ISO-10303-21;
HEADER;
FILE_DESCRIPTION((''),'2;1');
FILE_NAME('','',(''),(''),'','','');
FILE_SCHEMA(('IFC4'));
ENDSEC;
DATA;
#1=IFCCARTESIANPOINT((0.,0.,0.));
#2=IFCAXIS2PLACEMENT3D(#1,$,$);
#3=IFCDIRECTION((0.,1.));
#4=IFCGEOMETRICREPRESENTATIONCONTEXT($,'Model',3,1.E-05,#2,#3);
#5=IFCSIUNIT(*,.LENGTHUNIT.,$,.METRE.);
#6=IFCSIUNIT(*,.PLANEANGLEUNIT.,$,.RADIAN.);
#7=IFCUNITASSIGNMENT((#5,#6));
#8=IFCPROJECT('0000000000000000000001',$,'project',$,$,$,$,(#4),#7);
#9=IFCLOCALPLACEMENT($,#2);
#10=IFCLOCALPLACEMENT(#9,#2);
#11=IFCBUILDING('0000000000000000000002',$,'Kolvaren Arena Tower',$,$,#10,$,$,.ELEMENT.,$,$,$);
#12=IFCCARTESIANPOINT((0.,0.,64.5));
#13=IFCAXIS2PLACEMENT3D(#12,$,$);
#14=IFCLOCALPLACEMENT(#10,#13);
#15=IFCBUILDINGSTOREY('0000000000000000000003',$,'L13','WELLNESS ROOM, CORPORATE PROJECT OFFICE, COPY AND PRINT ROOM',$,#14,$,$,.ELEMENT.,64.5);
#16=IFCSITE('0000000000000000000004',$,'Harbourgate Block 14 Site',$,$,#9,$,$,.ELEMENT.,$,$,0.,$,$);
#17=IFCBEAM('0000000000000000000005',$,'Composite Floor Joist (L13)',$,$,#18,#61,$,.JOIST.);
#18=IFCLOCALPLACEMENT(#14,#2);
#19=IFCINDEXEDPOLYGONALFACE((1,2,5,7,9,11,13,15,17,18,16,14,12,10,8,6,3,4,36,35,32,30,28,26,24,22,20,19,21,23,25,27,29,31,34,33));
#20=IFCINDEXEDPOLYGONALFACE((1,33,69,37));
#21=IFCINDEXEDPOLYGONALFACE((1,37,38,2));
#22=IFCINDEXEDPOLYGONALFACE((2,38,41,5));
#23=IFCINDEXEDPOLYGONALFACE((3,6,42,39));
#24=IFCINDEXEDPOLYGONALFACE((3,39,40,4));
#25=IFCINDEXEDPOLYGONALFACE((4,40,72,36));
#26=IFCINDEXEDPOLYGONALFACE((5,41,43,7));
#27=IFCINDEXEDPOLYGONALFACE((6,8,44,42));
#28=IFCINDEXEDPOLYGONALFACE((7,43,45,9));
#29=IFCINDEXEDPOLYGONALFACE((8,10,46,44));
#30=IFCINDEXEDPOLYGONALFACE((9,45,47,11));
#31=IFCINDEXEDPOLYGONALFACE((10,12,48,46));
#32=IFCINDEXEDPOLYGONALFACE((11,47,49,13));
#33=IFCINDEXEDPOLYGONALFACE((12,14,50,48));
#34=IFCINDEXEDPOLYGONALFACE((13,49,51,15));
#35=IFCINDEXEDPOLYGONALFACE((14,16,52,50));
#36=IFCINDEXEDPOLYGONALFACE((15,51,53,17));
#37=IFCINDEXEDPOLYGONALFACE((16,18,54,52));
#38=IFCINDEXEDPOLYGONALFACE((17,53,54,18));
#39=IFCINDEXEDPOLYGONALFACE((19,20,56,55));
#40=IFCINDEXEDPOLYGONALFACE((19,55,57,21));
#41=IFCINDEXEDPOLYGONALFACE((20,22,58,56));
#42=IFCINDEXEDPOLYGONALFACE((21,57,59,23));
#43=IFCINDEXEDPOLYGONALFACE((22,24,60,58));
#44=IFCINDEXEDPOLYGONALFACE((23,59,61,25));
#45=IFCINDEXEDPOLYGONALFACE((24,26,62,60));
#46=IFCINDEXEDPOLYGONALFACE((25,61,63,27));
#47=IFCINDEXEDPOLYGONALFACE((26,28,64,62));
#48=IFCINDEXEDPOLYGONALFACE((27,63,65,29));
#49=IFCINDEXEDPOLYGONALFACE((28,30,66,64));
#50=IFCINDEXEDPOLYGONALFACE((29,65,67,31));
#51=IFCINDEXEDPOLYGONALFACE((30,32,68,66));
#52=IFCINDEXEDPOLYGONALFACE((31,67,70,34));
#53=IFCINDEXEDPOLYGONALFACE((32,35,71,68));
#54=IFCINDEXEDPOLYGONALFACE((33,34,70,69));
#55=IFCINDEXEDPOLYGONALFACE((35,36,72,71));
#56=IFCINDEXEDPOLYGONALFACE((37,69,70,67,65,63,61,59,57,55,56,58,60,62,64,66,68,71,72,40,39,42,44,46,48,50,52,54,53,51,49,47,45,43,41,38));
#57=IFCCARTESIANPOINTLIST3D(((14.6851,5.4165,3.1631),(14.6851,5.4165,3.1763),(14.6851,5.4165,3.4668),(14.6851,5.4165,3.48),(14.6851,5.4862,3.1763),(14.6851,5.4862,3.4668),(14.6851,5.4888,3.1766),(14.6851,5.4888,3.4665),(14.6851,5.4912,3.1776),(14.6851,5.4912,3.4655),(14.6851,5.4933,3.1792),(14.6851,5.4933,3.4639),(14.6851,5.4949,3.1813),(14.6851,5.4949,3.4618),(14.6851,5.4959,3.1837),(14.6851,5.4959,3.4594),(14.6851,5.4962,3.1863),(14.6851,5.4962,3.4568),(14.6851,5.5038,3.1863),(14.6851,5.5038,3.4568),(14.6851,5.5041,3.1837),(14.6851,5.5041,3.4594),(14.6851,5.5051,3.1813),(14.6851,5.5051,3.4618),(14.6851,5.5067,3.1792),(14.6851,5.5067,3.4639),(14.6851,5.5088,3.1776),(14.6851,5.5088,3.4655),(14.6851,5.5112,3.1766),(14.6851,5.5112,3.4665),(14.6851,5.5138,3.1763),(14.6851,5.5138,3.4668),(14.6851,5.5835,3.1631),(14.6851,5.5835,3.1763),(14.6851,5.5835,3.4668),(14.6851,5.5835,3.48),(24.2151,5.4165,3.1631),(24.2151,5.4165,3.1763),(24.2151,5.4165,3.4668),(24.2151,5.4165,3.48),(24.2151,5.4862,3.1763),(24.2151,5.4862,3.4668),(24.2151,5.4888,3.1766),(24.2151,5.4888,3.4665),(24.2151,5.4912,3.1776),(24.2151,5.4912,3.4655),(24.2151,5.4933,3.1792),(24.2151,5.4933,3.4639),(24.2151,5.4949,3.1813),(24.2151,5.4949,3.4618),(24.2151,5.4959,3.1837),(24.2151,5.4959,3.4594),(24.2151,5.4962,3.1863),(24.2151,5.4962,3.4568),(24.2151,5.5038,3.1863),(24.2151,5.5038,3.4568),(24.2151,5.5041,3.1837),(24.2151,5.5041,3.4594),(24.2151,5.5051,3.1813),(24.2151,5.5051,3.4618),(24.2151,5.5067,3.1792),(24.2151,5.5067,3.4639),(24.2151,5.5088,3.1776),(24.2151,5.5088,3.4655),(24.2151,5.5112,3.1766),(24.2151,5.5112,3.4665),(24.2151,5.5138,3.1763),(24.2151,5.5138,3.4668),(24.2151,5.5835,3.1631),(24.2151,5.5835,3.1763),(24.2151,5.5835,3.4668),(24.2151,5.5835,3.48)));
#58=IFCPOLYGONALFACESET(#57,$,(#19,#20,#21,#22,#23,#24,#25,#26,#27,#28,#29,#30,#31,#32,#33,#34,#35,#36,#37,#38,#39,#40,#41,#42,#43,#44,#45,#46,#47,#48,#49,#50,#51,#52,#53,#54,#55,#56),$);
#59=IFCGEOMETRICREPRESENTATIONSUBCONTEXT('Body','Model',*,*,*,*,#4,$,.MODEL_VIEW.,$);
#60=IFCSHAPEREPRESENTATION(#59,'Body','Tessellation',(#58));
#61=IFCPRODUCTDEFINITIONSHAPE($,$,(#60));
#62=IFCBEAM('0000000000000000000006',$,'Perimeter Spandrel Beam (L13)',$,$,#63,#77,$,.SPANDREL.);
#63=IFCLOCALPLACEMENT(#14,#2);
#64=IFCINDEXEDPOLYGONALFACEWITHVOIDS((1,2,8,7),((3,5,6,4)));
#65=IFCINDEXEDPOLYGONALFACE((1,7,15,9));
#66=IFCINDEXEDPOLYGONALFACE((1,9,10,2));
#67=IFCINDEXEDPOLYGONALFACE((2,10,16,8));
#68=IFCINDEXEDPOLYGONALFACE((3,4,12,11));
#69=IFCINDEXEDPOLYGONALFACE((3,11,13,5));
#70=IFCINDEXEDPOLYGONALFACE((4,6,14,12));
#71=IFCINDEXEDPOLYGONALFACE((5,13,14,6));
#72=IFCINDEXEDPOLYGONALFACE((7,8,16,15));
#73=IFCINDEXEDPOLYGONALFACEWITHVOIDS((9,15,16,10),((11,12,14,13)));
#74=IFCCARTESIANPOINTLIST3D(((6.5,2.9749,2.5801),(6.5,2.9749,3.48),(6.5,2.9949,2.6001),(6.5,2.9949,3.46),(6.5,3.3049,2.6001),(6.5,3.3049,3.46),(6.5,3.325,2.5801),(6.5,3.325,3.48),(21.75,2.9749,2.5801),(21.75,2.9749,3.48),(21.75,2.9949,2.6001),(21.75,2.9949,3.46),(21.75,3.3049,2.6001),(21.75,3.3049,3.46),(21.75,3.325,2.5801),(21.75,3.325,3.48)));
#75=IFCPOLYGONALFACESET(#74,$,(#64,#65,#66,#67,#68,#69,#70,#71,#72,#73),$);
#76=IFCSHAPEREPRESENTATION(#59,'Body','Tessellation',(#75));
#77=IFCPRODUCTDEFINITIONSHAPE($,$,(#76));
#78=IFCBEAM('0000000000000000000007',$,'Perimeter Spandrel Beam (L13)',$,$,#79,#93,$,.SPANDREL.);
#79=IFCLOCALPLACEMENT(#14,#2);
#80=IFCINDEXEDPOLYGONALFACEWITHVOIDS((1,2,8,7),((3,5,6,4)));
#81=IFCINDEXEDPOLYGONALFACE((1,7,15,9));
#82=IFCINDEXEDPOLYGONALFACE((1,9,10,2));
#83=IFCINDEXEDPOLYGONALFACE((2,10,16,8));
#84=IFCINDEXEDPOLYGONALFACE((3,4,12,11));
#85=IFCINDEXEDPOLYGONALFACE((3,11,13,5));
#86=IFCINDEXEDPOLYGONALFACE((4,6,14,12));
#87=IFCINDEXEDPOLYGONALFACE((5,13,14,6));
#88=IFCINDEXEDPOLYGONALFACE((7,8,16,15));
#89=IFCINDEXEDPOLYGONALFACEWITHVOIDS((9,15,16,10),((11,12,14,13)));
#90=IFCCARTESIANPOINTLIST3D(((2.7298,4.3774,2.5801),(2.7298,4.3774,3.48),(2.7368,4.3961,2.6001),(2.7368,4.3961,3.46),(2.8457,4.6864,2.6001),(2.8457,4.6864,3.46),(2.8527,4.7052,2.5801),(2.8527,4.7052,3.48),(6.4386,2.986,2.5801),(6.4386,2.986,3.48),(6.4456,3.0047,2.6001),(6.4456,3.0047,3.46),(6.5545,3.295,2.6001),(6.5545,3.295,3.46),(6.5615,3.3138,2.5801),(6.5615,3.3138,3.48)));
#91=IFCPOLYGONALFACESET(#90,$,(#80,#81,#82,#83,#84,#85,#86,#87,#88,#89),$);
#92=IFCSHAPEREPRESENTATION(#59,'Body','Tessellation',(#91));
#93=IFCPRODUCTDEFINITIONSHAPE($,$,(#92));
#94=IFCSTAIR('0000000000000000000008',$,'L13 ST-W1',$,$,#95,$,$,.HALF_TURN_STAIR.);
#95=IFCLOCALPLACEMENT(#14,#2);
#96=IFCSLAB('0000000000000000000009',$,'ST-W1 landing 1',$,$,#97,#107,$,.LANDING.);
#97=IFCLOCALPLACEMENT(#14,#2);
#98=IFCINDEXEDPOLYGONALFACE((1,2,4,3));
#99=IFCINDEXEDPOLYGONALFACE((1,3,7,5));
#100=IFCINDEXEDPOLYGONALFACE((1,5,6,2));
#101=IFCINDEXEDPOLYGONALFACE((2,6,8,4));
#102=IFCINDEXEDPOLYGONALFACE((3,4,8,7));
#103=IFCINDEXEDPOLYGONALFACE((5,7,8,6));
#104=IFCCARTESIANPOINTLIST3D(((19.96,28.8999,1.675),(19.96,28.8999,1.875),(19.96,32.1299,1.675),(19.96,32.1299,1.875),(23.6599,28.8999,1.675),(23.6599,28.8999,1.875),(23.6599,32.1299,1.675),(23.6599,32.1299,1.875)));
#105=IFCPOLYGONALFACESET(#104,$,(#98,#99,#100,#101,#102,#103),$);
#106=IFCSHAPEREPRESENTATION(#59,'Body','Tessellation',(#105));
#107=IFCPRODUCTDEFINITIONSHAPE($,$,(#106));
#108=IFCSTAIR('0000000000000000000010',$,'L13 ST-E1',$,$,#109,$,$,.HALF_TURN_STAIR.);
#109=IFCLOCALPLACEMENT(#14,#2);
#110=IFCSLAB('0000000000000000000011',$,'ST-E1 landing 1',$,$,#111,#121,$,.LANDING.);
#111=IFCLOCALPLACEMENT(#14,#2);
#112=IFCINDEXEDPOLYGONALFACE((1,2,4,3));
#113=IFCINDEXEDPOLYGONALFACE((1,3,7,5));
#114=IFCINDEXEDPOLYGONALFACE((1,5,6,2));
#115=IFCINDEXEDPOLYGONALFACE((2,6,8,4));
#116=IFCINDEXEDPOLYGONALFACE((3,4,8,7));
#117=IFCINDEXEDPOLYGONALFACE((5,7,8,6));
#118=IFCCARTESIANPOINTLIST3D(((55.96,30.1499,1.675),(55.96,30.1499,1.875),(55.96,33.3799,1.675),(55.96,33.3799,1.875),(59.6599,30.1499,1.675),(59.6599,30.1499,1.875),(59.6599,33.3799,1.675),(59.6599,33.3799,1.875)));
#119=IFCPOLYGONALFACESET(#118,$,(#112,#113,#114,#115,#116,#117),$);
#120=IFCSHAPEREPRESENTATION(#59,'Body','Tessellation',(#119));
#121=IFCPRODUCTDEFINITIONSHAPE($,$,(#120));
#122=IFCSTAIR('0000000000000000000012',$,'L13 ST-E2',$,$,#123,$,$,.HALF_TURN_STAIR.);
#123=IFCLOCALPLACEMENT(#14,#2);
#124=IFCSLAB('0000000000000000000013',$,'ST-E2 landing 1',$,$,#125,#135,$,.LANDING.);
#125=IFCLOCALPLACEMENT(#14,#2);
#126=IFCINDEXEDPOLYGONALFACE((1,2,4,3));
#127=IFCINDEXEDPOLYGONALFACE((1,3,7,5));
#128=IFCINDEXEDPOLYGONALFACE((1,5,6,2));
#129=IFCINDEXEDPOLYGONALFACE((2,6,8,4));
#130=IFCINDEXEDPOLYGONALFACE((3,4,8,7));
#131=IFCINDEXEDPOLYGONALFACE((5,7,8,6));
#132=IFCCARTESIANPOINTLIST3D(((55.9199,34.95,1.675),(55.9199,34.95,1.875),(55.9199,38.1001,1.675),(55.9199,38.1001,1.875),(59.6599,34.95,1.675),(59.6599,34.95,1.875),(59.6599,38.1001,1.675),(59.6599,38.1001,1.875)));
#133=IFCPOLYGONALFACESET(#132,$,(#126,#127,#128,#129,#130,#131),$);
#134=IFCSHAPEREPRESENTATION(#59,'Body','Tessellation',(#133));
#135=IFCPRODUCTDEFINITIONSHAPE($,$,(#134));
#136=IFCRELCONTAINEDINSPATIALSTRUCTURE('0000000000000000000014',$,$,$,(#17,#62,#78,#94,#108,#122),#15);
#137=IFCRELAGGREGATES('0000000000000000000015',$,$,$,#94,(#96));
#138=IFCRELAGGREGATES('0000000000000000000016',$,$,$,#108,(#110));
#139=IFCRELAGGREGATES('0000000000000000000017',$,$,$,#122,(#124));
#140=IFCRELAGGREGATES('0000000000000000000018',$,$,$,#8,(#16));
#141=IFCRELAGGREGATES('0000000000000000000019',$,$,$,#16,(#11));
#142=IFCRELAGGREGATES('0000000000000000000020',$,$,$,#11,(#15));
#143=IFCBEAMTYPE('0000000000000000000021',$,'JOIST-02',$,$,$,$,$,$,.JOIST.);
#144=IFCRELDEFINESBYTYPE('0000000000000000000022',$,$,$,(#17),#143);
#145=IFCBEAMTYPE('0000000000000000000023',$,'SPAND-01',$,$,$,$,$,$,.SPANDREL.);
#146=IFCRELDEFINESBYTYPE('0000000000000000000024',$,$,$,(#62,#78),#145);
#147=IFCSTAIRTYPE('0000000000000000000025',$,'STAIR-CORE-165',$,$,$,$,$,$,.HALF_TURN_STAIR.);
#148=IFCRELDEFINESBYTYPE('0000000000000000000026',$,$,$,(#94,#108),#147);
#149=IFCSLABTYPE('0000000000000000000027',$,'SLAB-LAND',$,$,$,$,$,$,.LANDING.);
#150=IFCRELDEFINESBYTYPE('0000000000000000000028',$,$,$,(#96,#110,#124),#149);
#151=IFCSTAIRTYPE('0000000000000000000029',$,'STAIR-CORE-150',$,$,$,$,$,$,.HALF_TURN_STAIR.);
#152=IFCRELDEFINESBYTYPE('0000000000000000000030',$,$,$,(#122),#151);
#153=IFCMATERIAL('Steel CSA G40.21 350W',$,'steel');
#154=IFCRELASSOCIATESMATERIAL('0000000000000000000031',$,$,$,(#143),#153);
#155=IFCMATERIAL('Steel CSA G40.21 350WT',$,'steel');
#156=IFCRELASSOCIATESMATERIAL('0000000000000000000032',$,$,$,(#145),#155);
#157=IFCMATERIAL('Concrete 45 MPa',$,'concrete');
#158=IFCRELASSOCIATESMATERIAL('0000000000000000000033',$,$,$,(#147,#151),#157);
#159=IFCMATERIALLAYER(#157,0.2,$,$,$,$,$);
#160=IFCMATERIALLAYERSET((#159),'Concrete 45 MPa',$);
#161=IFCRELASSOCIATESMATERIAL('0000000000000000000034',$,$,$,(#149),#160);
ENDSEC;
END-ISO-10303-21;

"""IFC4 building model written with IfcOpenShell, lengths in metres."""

from ifc_helpers import new_model, si_unit, direction, frame, origin, origin_2d, place, context, subcontext, project, spatial, polyline, hollow_rectangle, i_section, outline, extrude, material, layer, layer_set, material_profile, profile_set, type_object, element, aggregate, save


model = new_model("IFC4")

# Units and contexts
model_context = context("Model", 3, precision=1e-05, world=origin(), true_north=direction((0.0, 1.0)))
body_context = subcontext(model_context, "Body", "Model", "MODEL_VIEW")
ifc_project = project(units=[si_unit("LENGTHUNIT", "METRE"), si_unit("PLANEANGLEUNIT", "RADIAN")], contexts=[model_context])

# Site, building, storey
site_placement = place(None, origin())
site = spatial("IfcSite", under=ifc_project, at=site_placement, Name="Harbourgate Block 14 Site", CompositionType="ELEMENT", RefElevation=0.0)
building_placement = place(site_placement, origin())
building = spatial("IfcBuilding", under=site, at=building_placement, Name="Kolvaren Arena Tower", CompositionType="ELEMENT")
storey_placement = place(building_placement, frame((0.0, 0.0, 64.5)))
storey = spatial("IfcBuildingStorey", under=building, at=storey_placement, Name="L13", Description="WELLNESS ROOM, CORPORATE PROJECT OFFICE, COPY AND PRINT ROOM", CompositionType="ELEMENT", Elevation=64.5)

# Beams
ifc_material_1 = material(Name="Steel CSA G40.21 350W", Category="steel")
ifc_material_profile_1 = material_profile(ifc_material_1, i_section(OverallWidth=0.167, OverallDepth=0.3169, WebThickness=0.0076, FlangeThickness=0.0132, FilletRadius=0.01, at=origin_2d()), Name="W310x52")
ifc_profile_set_1 = profile_set([ifc_material_profile_1], Name="Steel CSA G40.21 350W")
beam_type_1 = type_object("IfcBeamType", Name="JOIST-02", PredefinedType="JOIST", material=ifc_profile_set_1)
beam_1_placement = place(storey_placement, frame((14.6851, 5.5, 3.3215), z_axis=(1.0, 0.0, 0.0), x_axis=(0.0, 1.0, 0.0)))
element("IfcBeam", 1, at=beam_1_placement, inside=storey, type_object=beam_type_1, Name="Composite Floor Joist (L13)", PredefinedType="JOIST", context=body_context, shape_type="SweptSolid", body=[
    extrude(i_section(OverallWidth=0.167, OverallDepth=0.3169, WebThickness=0.0076, FlangeThickness=0.0132, FilletRadius=0.01, at=origin_2d()), origin(), (0.0, 0.0, 1.0), 9.53),
])
ifc_material_2 = material(Name="Steel CSA G40.21 350WT", Category="steel")
ifc_material_profile_2 = material_profile(ifc_material_2, hollow_rectangle(XDim=0.3501, YDim=0.8999, WallThickness=0.02, at=origin_2d()), Name="HSS 900x350x20")
ifc_profile_set_2 = profile_set([ifc_material_profile_2], Name="Steel CSA G40.21 350WT")
beam_type_2 = type_object("IfcBeamType", Name="SPAND-01", PredefinedType="SPANDREL", material=ifc_profile_set_2)
beam_2_placement = place(storey_placement, frame((6.5, 3.1499, 3.03), z_axis=(1.0, 0.0, 0.0), x_axis=(0.0, 1.0, 0.0)))
element("IfcBeam", 2, at=beam_2_placement, inside=storey, type_object=beam_type_2, Name="Perimeter Spandrel Beam (L13)", PredefinedType="SPANDREL", context=body_context, shape_type="SweptSolid", body=[
    extrude(hollow_rectangle(XDim=0.3501, YDim=0.8999, WallThickness=0.02, at=origin_2d()), origin(), (0.0, 0.0, 1.0), 15.25),
])
beam_3_placement = place(storey_placement, frame((2.7913, 4.5413, 3.03), z_axis=(0.936281, -0.351252, 0.0), x_axis=(0.351252, 0.936281, 0.0)))
element("IfcBeam", 3, at=beam_3_placement, inside=storey, type_object=beam_type_2, Name="Perimeter Spandrel Beam (L13)", PredefinedType="SPANDREL", context=body_context, shape_type="SweptSolid", body=[
    extrude(hollow_rectangle(XDim=0.3501, YDim=0.8999, WallThickness=0.02, at=origin_2d()), origin(), (0.0, 0.0, 1.0), 3.9612),
])

# Stairs, slabs
ifc_material_3 = material(Name="Concrete 45 MPa", Category="concrete")
stair_type_1 = type_object("IfcStairType", Name="STAIR-CORE-165", PredefinedType="HALF_TURN_STAIR", material=ifc_material_3)
stair_1_placement = place(storey_placement, origin())
stair_1 = element("IfcStair", 4, at=stair_1_placement, inside=storey, type_object=stair_type_1, Name="L13 ST-W1", PredefinedType="HALF_TURN_STAIR")
ifc_layer_1 = layer(ifc_material_3, 0.2)
ifc_layer_set_1 = layer_set([ifc_layer_1], Name="Concrete 45 MPa")
slab_type_1 = type_object("IfcSlabType", Name="SLAB-LAND", PredefinedType="LANDING", material=ifc_layer_set_1)
slab_1_placement = place(storey_placement, frame((0.0, 0.0, 1.675)))
slab_1 = element("IfcSlab", 5, at=slab_1_placement, type_object=slab_type_1, Name="ST-W1 landing 1", PredefinedType="LANDING", context=body_context, shape_type="SweptSolid", body=[
    extrude(outline(polyline([(19.96, 28.8999), (23.6599, 28.8999), (23.6599, 32.1299), (19.96, 32.1299), (19.96, 28.8999)])), origin(), (0.0, 0.0, 1.0), 0.2),
])
aggregate(stair_1, [slab_1])
stair_2_placement = place(storey_placement, origin())
stair_2 = element("IfcStair", 6, at=stair_2_placement, inside=storey, type_object=stair_type_1, Name="L13 ST-E1", PredefinedType="HALF_TURN_STAIR")
slab_2_placement = place(storey_placement, frame((0.0, 0.0, 1.675)))
slab_2 = element("IfcSlab", 7, at=slab_2_placement, type_object=slab_type_1, Name="ST-E1 landing 1", PredefinedType="LANDING", context=body_context, shape_type="SweptSolid", body=[
    extrude(outline(polyline([(55.96, 30.1499), (59.6599, 30.1499), (59.6599, 33.3799), (55.96, 33.3799), (55.96, 30.1499)])), origin(), (0.0, 0.0, 1.0), 0.2),
])
aggregate(stair_2, [slab_2])
stair_type_2 = type_object("IfcStairType", Name="STAIR-CORE-150", PredefinedType="HALF_TURN_STAIR", material=ifc_material_3)
stair_3_placement = place(storey_placement, origin())
stair_3 = element("IfcStair", 8, at=stair_3_placement, inside=storey, type_object=stair_type_2, Name="L13 ST-E2", PredefinedType="HALF_TURN_STAIR")
slab_3_placement = place(storey_placement, frame((0.0, 0.0, 1.675)))
slab_3 = element("IfcSlab", 9, at=slab_3_placement, type_object=slab_type_1, Name="ST-E2 landing 1", PredefinedType="LANDING", context=body_context, shape_type="SweptSolid", body=[
    extrude(outline(polyline([(55.9199, 34.95), (59.6599, 34.95), (59.6599, 38.1001), (55.9199, 38.1001), (55.9199, 34.95)])), origin(), (0.0, 0.0, 1.0), 0.2),
])
aggregate(stair_3, [slab_3])

save(model, "model.ifc")
